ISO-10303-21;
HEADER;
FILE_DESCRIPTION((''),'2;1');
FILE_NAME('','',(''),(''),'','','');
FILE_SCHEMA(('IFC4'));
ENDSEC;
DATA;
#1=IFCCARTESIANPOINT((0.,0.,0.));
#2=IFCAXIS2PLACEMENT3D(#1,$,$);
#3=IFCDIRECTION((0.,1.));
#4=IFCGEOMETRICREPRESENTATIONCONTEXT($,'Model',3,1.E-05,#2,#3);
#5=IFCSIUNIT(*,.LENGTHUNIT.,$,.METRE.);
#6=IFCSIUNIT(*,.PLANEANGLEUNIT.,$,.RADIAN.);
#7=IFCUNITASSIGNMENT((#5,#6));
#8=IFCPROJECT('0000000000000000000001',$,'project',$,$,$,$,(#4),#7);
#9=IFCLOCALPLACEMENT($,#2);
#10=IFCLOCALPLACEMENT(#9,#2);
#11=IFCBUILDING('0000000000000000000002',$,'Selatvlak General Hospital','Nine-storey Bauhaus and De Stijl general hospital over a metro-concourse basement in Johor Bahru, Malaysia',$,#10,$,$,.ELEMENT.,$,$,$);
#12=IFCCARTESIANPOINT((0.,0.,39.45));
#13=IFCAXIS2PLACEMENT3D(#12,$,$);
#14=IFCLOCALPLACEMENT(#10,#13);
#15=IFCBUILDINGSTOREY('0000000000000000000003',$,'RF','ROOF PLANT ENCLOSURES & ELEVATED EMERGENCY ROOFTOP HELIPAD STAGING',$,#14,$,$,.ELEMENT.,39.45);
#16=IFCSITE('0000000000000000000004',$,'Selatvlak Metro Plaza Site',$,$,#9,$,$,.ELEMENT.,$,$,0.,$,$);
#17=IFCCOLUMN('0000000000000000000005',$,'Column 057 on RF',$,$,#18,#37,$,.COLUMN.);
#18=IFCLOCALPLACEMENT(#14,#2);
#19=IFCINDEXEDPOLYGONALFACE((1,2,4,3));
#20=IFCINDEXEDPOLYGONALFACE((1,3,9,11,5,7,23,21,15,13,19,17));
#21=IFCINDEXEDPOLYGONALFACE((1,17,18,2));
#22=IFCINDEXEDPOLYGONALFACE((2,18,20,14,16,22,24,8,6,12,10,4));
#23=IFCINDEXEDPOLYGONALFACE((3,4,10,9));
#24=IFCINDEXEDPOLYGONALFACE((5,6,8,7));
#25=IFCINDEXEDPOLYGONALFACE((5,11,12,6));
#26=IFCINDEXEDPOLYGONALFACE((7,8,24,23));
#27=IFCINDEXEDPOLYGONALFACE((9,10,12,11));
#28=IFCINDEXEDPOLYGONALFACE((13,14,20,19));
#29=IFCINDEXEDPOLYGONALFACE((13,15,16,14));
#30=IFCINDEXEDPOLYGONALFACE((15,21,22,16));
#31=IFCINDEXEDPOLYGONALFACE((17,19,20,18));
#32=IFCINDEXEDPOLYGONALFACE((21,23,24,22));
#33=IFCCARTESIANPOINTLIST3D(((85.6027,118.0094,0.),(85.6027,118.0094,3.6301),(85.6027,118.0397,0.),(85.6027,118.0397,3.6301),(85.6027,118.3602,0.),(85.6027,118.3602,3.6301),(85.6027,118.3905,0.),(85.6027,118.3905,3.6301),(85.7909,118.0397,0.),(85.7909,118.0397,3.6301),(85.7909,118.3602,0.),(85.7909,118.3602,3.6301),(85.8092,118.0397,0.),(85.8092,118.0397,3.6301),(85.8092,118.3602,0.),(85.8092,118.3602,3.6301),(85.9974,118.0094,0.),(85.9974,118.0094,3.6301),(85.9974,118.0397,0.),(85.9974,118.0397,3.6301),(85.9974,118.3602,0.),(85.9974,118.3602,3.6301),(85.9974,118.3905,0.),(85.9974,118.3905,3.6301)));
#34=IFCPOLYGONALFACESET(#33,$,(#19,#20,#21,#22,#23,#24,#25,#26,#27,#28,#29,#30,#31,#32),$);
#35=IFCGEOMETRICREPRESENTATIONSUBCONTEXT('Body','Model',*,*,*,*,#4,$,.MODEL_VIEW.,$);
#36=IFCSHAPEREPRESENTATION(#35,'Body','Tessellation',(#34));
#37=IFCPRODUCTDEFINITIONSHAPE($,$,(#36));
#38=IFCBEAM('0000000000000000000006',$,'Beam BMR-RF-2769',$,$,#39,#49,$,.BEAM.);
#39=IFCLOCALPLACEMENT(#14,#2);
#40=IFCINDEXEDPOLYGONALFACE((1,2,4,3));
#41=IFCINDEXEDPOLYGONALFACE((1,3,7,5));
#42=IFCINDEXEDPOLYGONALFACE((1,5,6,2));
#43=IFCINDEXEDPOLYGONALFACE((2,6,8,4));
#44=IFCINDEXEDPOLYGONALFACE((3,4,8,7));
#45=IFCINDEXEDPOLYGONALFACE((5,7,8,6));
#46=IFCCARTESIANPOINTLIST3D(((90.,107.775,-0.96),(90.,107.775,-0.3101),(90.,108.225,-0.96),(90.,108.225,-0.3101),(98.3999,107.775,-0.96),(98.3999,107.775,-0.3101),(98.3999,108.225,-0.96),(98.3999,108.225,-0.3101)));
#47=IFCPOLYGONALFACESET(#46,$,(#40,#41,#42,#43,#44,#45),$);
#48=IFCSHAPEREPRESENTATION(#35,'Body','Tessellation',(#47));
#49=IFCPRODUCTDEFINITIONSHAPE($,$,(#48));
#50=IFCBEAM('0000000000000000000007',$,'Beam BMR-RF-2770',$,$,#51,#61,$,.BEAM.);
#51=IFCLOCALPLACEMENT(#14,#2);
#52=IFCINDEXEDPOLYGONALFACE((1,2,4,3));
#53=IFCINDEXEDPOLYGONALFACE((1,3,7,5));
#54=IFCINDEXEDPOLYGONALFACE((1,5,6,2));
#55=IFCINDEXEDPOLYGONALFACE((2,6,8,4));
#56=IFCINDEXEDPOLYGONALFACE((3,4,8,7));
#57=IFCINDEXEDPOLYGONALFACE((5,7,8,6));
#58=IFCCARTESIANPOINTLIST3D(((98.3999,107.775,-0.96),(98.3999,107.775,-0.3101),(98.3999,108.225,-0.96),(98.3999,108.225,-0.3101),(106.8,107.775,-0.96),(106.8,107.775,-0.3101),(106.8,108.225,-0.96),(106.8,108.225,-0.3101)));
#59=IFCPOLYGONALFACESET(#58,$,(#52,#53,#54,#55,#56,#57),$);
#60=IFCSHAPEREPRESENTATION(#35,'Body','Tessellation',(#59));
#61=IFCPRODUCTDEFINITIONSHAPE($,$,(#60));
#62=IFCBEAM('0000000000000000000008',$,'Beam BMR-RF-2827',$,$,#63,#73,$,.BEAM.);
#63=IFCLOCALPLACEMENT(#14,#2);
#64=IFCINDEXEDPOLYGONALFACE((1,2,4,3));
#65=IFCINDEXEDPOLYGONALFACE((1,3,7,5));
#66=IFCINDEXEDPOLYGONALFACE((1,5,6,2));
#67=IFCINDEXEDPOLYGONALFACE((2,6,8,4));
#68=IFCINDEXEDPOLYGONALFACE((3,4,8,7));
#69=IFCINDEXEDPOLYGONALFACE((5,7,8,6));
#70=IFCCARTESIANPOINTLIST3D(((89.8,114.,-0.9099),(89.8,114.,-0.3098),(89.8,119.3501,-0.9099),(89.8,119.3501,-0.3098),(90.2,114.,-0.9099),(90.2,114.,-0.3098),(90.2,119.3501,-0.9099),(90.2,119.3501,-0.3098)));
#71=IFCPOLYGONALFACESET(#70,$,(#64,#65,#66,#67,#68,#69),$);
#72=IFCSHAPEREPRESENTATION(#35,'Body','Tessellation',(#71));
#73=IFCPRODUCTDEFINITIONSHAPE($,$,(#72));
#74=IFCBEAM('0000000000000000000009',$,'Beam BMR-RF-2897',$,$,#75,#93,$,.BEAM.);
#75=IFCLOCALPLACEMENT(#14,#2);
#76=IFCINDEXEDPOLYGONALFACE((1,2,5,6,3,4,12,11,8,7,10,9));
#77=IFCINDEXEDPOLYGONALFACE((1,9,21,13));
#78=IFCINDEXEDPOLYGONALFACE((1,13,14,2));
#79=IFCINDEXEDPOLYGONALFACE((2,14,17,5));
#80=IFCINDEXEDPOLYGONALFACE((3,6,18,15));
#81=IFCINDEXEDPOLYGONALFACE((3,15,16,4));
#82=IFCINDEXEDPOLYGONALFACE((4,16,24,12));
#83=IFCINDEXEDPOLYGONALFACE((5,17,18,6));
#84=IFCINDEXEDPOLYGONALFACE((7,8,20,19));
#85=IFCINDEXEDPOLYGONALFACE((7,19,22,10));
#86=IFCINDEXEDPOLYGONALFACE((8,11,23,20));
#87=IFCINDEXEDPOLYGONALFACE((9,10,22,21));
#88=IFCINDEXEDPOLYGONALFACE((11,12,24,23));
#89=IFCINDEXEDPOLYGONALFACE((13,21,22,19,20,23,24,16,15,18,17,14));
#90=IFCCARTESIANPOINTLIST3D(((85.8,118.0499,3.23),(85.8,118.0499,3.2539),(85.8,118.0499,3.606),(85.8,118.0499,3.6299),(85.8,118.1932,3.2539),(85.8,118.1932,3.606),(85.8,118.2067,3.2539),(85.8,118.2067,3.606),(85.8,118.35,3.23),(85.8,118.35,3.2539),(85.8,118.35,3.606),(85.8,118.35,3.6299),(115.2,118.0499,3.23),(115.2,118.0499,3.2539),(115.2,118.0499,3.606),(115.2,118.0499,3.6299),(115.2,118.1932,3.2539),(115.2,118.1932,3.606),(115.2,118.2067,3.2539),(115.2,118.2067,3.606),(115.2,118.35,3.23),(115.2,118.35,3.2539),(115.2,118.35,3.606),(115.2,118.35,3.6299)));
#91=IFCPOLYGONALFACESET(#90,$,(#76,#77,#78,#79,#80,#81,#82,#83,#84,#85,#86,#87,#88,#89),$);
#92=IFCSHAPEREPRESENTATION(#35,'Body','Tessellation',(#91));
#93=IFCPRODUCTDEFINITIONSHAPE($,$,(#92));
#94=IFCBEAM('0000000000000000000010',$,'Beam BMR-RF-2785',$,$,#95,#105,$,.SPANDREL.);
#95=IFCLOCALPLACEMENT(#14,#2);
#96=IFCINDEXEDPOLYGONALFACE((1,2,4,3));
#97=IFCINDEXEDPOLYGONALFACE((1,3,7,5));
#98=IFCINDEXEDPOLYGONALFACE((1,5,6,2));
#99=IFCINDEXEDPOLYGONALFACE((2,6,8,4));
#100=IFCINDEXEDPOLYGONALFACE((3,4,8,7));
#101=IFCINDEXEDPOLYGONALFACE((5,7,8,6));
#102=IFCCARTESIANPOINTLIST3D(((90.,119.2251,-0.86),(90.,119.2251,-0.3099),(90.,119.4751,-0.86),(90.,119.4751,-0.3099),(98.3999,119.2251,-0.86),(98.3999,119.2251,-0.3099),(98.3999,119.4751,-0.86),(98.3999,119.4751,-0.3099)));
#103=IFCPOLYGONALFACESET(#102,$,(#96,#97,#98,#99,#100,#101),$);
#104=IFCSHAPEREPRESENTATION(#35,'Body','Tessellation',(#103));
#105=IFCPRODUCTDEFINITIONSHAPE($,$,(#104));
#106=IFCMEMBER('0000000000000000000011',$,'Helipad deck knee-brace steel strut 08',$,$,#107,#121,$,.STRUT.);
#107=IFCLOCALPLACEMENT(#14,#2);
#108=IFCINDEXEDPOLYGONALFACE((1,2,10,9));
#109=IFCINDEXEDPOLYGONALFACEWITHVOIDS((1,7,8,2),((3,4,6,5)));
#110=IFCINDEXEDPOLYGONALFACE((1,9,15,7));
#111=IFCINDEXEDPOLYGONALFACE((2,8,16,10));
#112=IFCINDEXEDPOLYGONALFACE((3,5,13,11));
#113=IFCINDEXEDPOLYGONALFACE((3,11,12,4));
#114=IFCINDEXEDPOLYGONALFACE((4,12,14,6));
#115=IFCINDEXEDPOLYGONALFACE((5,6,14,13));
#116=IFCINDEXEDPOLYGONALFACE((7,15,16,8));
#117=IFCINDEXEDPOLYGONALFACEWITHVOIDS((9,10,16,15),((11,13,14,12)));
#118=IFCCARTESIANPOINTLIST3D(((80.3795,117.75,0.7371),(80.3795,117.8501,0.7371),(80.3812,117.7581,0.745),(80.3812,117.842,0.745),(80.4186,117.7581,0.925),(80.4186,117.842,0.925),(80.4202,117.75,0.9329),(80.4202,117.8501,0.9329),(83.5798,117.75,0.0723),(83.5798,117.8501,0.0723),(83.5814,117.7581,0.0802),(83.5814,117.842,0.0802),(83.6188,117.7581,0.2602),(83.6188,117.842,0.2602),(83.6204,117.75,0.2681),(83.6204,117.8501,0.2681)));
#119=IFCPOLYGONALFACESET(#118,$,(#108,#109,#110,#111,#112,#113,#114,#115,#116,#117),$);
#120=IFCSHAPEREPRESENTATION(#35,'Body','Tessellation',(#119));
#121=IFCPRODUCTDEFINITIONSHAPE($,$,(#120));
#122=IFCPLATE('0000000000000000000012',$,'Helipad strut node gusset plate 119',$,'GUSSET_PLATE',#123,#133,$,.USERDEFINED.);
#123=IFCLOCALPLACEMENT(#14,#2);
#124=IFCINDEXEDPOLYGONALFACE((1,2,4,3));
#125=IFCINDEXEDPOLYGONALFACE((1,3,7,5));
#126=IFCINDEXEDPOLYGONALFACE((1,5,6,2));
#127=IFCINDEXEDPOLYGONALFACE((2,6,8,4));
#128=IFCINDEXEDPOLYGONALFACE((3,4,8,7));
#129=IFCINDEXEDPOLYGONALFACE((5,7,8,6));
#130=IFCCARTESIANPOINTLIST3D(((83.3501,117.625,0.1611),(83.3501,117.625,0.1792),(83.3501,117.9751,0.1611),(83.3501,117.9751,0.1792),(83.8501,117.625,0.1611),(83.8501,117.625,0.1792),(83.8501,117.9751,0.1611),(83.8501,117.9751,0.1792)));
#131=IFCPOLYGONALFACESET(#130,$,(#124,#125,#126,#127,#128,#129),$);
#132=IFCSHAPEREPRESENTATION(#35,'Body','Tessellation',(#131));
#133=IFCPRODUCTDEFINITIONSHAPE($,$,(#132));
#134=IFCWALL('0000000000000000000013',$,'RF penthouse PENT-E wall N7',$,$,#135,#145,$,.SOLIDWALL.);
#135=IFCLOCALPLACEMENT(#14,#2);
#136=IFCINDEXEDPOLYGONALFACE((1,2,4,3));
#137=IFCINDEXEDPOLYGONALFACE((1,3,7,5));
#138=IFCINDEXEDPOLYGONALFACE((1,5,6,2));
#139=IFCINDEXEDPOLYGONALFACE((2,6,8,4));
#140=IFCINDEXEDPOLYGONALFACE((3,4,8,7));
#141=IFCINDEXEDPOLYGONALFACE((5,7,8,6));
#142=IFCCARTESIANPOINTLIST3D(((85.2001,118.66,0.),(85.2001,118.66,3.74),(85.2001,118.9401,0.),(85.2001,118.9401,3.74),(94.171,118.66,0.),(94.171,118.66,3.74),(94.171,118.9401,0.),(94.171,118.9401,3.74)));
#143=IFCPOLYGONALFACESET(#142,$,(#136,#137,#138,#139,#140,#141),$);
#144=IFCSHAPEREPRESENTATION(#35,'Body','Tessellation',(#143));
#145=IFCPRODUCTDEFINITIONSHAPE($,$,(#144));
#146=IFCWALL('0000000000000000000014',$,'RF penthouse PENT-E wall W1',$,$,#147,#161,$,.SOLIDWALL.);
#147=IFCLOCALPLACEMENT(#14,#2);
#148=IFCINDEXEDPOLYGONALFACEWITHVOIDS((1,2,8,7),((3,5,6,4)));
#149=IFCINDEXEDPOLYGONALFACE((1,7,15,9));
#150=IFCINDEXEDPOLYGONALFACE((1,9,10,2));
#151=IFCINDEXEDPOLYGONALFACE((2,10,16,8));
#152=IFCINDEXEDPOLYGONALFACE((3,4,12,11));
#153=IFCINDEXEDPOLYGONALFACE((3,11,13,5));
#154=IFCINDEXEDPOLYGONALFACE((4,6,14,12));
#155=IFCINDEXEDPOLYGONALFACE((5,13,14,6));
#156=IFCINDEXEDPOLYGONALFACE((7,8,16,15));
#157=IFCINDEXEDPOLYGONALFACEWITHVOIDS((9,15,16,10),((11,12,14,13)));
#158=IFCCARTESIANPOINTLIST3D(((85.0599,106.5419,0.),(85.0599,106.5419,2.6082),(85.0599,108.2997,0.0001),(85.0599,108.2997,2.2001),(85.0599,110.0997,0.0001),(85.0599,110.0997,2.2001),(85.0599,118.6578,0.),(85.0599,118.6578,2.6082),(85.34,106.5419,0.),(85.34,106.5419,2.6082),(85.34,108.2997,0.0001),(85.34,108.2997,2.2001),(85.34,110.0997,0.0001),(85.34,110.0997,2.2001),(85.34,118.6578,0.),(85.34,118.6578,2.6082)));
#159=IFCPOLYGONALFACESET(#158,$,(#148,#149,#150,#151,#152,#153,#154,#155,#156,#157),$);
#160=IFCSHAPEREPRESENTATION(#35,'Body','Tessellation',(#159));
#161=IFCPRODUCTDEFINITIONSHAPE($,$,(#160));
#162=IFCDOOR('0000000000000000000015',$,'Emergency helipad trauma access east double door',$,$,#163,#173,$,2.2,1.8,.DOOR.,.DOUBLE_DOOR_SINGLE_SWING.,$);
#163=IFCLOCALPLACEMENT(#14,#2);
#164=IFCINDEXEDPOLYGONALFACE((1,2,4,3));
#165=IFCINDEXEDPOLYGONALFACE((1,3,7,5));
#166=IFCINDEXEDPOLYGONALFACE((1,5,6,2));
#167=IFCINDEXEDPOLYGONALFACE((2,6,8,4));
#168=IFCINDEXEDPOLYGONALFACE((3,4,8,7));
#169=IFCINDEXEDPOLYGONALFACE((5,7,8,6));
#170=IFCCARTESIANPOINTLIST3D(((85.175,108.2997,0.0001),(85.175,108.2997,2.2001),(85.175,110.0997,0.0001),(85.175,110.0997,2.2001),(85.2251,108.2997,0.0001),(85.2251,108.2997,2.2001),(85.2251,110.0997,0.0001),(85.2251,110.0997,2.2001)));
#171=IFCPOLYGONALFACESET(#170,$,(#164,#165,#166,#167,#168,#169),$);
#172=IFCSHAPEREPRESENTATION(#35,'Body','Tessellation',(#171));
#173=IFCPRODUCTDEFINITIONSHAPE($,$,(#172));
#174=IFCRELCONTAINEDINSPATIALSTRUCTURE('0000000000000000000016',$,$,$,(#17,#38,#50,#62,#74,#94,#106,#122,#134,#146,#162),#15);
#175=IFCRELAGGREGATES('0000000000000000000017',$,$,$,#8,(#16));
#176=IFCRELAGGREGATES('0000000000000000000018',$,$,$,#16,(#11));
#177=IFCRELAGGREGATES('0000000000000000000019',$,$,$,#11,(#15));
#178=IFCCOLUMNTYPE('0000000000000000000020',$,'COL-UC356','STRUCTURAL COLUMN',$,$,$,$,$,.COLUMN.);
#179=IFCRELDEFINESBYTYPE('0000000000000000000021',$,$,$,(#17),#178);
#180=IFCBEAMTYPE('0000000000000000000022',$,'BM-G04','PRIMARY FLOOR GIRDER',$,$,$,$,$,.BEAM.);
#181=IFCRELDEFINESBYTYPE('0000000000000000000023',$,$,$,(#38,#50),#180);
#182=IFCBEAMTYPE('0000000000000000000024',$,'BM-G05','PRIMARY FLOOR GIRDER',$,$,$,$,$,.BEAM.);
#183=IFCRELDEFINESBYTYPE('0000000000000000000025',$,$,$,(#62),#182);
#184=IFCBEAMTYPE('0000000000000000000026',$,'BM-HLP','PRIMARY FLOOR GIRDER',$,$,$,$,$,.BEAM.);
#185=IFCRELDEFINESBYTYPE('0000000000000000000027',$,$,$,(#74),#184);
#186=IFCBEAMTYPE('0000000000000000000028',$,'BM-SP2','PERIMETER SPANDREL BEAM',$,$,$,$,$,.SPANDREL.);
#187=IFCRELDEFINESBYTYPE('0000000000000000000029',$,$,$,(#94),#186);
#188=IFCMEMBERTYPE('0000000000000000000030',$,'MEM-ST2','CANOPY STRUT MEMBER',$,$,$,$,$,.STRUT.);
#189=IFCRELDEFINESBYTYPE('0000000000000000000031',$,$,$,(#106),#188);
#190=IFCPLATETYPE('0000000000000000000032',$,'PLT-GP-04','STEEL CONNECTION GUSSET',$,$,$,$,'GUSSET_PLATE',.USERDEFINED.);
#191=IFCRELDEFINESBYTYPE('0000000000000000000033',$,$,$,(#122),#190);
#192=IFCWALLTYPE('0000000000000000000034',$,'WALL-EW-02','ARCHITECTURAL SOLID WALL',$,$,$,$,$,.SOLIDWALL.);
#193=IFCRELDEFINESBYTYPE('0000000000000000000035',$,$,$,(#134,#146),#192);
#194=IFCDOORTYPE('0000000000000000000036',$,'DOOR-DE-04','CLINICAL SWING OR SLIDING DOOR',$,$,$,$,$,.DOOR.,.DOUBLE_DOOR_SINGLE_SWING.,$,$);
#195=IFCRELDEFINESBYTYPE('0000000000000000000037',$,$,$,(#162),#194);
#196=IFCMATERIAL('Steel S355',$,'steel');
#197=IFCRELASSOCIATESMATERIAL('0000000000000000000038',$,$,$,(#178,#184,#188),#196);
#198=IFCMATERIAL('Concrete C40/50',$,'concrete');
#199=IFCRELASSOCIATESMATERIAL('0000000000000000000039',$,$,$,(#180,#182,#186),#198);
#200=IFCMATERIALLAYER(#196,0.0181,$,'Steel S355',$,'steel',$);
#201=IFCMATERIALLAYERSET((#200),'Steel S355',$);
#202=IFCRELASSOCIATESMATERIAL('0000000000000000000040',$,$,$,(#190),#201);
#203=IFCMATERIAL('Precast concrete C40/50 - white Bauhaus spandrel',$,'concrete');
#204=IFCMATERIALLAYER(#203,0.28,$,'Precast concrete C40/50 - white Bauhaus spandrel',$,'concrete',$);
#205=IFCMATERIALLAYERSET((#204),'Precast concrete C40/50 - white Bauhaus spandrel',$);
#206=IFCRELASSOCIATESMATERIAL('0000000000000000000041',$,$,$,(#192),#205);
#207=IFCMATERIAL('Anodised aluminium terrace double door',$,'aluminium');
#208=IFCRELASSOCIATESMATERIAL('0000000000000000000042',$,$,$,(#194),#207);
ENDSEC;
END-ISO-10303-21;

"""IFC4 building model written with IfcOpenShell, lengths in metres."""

from ifc_helpers import new_model, si_unit, direction, frame, frame_2d, origin, origin_2d, place, context, subcontext, project, spatial, rectangle, hollow_rectangle, i_section, extrude, material, layer, layer_set, material_profile, profile_set, type_object, element, fill, save


model = new_model("IFC4")

# Units and contexts
model_context = context("Model", 3, precision=1e-05, world=origin(), true_north=direction((0.0, 1.0)))
body_context = subcontext(model_context, "Body", "Model", "MODEL_VIEW")
ifc_project = project(units=[si_unit("LENGTHUNIT", "METRE"), si_unit("PLANEANGLEUNIT", "RADIAN")], contexts=[model_context])

# Site, building, storey
site_placement = place(None, origin())
site = spatial("IfcSite", under=ifc_project, at=site_placement, Name="Selatvlak Metro Plaza Site", CompositionType="ELEMENT", RefElevation=0.0)
building_placement = place(site_placement, origin())
building = spatial("IfcBuilding", under=site, at=building_placement, Name="Selatvlak General Hospital", Description="Nine-storey Bauhaus and De Stijl general hospital over a metro-concourse basement in Johor Bahru, Malaysia", CompositionType="ELEMENT")
storey_placement = place(building_placement, frame((0.0, 0.0, 39.45)))
storey = spatial("IfcBuildingStorey", under=building, at=storey_placement, Name="RF", Description="ROOF PLANT ENCLOSURES & ELEVATED EMERGENCY ROOFTOP HELIPAD STAGING", CompositionType="ELEMENT", Elevation=39.45)

# Column
ifc_material_1 = material(Name="Steel S355", Category="steel")
ifc_material_profile_1 = material_profile(ifc_material_1, i_section(OverallWidth=0.3948, OverallDepth=0.3811, WebThickness=0.0183, FlangeThickness=0.0303, at=origin_2d()), Name="UC 356x406x235")
ifc_profile_set_1 = profile_set([ifc_material_profile_1], Name="Steel S355")
column_type = type_object("IfcColumnType", Name="COL-UC356", Description="STRUCTURAL COLUMN", PredefinedType="COLUMN", material=ifc_profile_set_1)
column_placement = place(storey_placement, frame((85.8, 118.2, 0.0), z_axis=(0.0, 0.0, 1.0), x_axis=(1.0, 0.0, 0.0)))
element("IfcColumn", 1, at=column_placement, inside=storey, type_object=column_type, Name="Column 057 on RF", PredefinedType="COLUMN", context=body_context, shape_type="SweptSolid", body=[
    extrude(i_section(OverallWidth=0.3948, OverallDepth=0.3811, WebThickness=0.0183, FlangeThickness=0.0303, at=origin_2d()), origin(), (0.0, 0.0, 1.0), 3.6301),
])

# Beams
ifc_material_2 = material(Name="Concrete C40/50", Category="concrete")
ifc_material_profile_2 = material_profile(ifc_material_2, rectangle(XDim=0.45, YDim=0.6499, at=origin_2d()), Name="RC-BM 450x650")
ifc_profile_set_2 = profile_set([ifc_material_profile_2], Name="Concrete C40/50")
beam_type_1 = type_object("IfcBeamType", Name="BM-G04", Description="PRIMARY FLOOR GIRDER", PredefinedType="BEAM", material=ifc_profile_set_2)
beam_1_placement = place(storey_placement, frame((90.0, 108.0, -0.635), z_axis=(1.0, 0.0, 0.0), x_axis=(0.0, 1.0, 0.0)))
element("IfcBeam", 2, at=beam_1_placement, inside=storey, type_object=beam_type_1, Name="Beam BMR-RF-2769", PredefinedType="BEAM", context=body_context, shape_type="SweptSolid", body=[
    extrude(rectangle(XDim=0.45, YDim=0.6499, at=origin_2d()), origin(), (0.0, 0.0, 1.0), 8.3999),
])
beam_2_placement = place(storey_placement, frame((98.3999, 108.0, -0.635), z_axis=(1.0, 0.0, 0.0), x_axis=(0.0, 1.0, 0.0)))
element("IfcBeam", 3, at=beam_2_placement, inside=storey, type_object=beam_type_1, Name="Beam BMR-RF-2770", PredefinedType="BEAM", context=body_context, shape_type="SweptSolid", body=[
    extrude(rectangle(XDim=0.45, YDim=0.6499, at=origin_2d()), origin(), (0.0, 0.0, 1.0), 8.4001),
])
ifc_material_profile_3 = material_profile(ifc_material_2, rectangle(XDim=0.3999, YDim=0.6001, at=origin_2d()), Name="RC-BM 400x600")
ifc_profile_set_3 = profile_set([ifc_material_profile_3], Name="Concrete C40/50")
beam_type_2 = type_object("IfcBeamType", Name="BM-G05", Description="PRIMARY FLOOR GIRDER", PredefinedType="BEAM", material=ifc_profile_set_3)
beam_3_placement = place(storey_placement, frame((90.0, 114.0, -0.6099), z_axis=(0.0, 1.0, 0.0), x_axis=(-1.0, 0.0, 0.0)))
element("IfcBeam", 4, at=beam_3_placement, inside=storey, type_object=beam_type_2, Name="Beam BMR-RF-2827", PredefinedType="BEAM", context=body_context, shape_type="SweptSolid", body=[
    extrude(rectangle(XDim=0.3999, YDim=0.6001, at=origin_2d()), origin(), (0.0, 0.0, 1.0), 5.3501),
])
ifc_material_profile_4 = material_profile(ifc_material_1, i_section(OverallWidth=0.3, OverallDepth=0.3999, WebThickness=0.0134, FlangeThickness=0.0239, at=origin_2d()), Name="HEB 400")
ifc_profile_set_4 = profile_set([ifc_material_profile_4], Name="Steel S355")
beam_type_3 = type_object("IfcBeamType", Name="BM-HLP", Description="PRIMARY FLOOR GIRDER", PredefinedType="BEAM", material=ifc_profile_set_4)
beam_4_placement = place(storey_placement, frame((85.8, 118.2, 3.4299), z_axis=(1.0, 0.0, 0.0), x_axis=(0.0, 1.0, 0.0)))
element("IfcBeam", 5, at=beam_4_placement, inside=storey, type_object=beam_type_3, Name="Beam BMR-RF-2897", PredefinedType="BEAM", context=body_context, shape_type="SweptSolid", body=[
    extrude(i_section(OverallWidth=0.3, OverallDepth=0.3999, WebThickness=0.0134, FlangeThickness=0.0239, at=origin_2d()), origin(), (0.0, 0.0, 1.0), 29.3999),
])
ifc_material_profile_5 = material_profile(ifc_material_2, rectangle(XDim=0.25, YDim=0.55, at=origin_2d()), Name="RC-SP 250x550")
ifc_profile_set_5 = profile_set([ifc_material_profile_5], Name="Concrete C40/50")
beam_type_4 = type_object("IfcBeamType", Name="BM-SP2", Description="PERIMETER SPANDREL BEAM", PredefinedType="SPANDREL", material=ifc_profile_set_5)
beam_5_placement = place(storey_placement, frame((90.0, 119.3501, -0.585), z_axis=(1.0, 0.0, 0.0), x_axis=(0.0, 1.0, 0.0)))
element("IfcBeam", 6, at=beam_5_placement, inside=storey, type_object=beam_type_4, Name="Beam BMR-RF-2785", PredefinedType="SPANDREL", context=body_context, shape_type="SweptSolid", body=[
    extrude(rectangle(XDim=0.25, YDim=0.55, at=origin_2d()), origin(), (0.0, 0.0, 1.0), 8.3999),
])

# Member
ifc_material_profile_6 = material_profile(ifc_material_1, hollow_rectangle(XDim=0.1001, YDim=0.2, WallThickness=0.0081, at=origin_2d()), Name="RHS 200x100x8")
ifc_profile_set_6 = profile_set([ifc_material_profile_6], Name="Steel S355")
member_type = type_object("IfcMemberType", Name="MEM-ST2", Description="CANOPY STRUT MEMBER", PredefinedType="STRUT", material=ifc_profile_set_6)
member_placement = place(storey_placement, frame((83.6001, 117.8, 0.1702), z_axis=(-0.979097, 0.0, 0.203393), x_axis=(0.0, -1.0, 0.0)))
element("IfcMember", 7, at=member_placement, inside=storey, type_object=member_type, Name="Helipad deck knee-brace steel strut 08", PredefinedType="STRUT", context=body_context, shape_type="SweptSolid", body=[
    extrude(hollow_rectangle(XDim=0.1001, YDim=0.2, WallThickness=0.0081, at=origin_2d()), origin(), (0.0, 0.0, 1.0), 3.2686),
])

# Plate
ifc_layer_1 = layer(ifc_material_1, 0.0181, Name="Steel S355", Category="steel")
ifc_layer_set_1 = layer_set([ifc_layer_1], Name="Steel S355")
plate_type = type_object("IfcPlateType", Name="PLT-GP-04", Description="STEEL CONNECTION GUSSET", ElementType="GUSSET_PLATE", PredefinedType="USERDEFINED", material=ifc_layer_set_1)
plate_placement = place(storey_placement, frame((83.6001, 117.8, 0.1611), z_axis=(0.0, 0.0, 1.0), x_axis=(1.0, 0.0, 0.0)))
element("IfcPlate", 8, at=plate_placement, inside=storey, type_object=plate_type, Name="Helipad strut node gusset plate 119", ObjectType="GUSSET_PLATE", PredefinedType="USERDEFINED", context=body_context, shape_type="SweptSolid", body=[
    extrude(rectangle(XDim=0.5, YDim=0.3501, at=origin_2d()), origin(), (0.0, 0.0, 1.0), 0.0181),
])

# Wall
ifc_material_3 = material(Name="Precast concrete C40/50 - white Bauhaus spandrel", Category="concrete")
ifc_layer_2 = layer(ifc_material_3, 0.28, Name="Precast concrete C40/50 - white Bauhaus spandrel", Category="concrete")
ifc_layer_set_2 = layer_set([ifc_layer_2], Name="Precast concrete C40/50 - white Bauhaus spandrel")
wall_type_1 = type_object("IfcWallType", Name="WALL-EW-02", Description="ARCHITECTURAL SOLID WALL", PredefinedType="SOLIDWALL", material=ifc_layer_set_2)
wall_1_placement = place(storey_placement, frame((94.1709, 118.8, 0.0), z_axis=(0.0, 0.0, 1.0), x_axis=(-1.0, 0.0, 0.0)))
element("IfcWall", 9, at=wall_1_placement, inside=storey, type_object=wall_type_1, Name="RF penthouse PENT-E wall N7", PredefinedType="SOLIDWALL", context=body_context, shape_type="SweptSolid", body=[
    extrude(rectangle(XDim=8.9709, YDim=0.28, at=frame_2d((4.4854, 0.0))), origin(), (0.0, 0.0, 1.0), 3.74),
])

# Wall, opening, door
wall_2_placement = place(storey_placement, frame((85.2, 118.658, 0.0), z_axis=(0.0, 0.0, 1.0), x_axis=(0.0, -1.0, 0.0)))
wall_2 = element("IfcWall", 10, at=wall_2_placement, inside=storey, type_object=wall_type_1, Name="RF penthouse PENT-E wall W1", PredefinedType="SOLIDWALL", context=body_context, shape_type="SweptSolid", body=[
    extrude(rectangle(XDim=12.116, YDim=0.28, at=frame_2d((6.0581, 0.0))), origin(), (0.0, 0.0, 1.0), 2.6082),
])
opening_1_placement = place(wall_2_placement, frame((10.3582, 0.0, 0.0), z_axis=(0.0, 0.0, 1.0), x_axis=(-1.0, 0.0, 0.0)))
opening_1 = element("IfcOpeningElement", 11, at=opening_1_placement, cuts=wall_2, PredefinedType="OPENING", context=body_context, shape_type="SweptSolid", body=[
    extrude(rectangle(XDim=1.8, YDim=2.2, at=frame_2d((0.8999, 1.1001))), frame((0.0, 0.1499, 0.0), z_axis=(0.0, -1.0, 0.0), x_axis=(1.0, 0.0, 0.0)), (0.0, 0.0, 1.0), 0.3),
])
ifc_material_4 = material(Name="Anodised aluminium terrace double door", Category="aluminium")
door_type_1 = type_object("IfcDoorType", Name="DOOR-DE-04", Description="CLINICAL SWING OR SLIDING DOOR", OperationType="DOUBLE_DOOR_SINGLE_SWING", PredefinedType="DOOR", material=ifc_material_4)
door_1_placement = place(opening_1_placement, origin())
door_1 = element("IfcDoor", 12, at=door_1_placement, inside=storey, type_object=door_type_1, Name="Emergency helipad trauma access east double door", OperationType="DOUBLE_DOOR_SINGLE_SWING", OverallHeight=2.2, OverallWidth=1.8, PredefinedType="DOOR", context=body_context, shape_type="SweptSolid", body=[
    extrude(rectangle(XDim=1.8, YDim=2.2, at=frame_2d((0.8999, 1.1001))), frame((0.0, 0.0249, 0.0), z_axis=(0.0, -1.0, 0.0), x_axis=(1.0, 0.0, 0.0)), (0.0, 0.0, 1.0), 0.05),
])
fill(opening_1, door_1)

save(model, "model.ifc")
